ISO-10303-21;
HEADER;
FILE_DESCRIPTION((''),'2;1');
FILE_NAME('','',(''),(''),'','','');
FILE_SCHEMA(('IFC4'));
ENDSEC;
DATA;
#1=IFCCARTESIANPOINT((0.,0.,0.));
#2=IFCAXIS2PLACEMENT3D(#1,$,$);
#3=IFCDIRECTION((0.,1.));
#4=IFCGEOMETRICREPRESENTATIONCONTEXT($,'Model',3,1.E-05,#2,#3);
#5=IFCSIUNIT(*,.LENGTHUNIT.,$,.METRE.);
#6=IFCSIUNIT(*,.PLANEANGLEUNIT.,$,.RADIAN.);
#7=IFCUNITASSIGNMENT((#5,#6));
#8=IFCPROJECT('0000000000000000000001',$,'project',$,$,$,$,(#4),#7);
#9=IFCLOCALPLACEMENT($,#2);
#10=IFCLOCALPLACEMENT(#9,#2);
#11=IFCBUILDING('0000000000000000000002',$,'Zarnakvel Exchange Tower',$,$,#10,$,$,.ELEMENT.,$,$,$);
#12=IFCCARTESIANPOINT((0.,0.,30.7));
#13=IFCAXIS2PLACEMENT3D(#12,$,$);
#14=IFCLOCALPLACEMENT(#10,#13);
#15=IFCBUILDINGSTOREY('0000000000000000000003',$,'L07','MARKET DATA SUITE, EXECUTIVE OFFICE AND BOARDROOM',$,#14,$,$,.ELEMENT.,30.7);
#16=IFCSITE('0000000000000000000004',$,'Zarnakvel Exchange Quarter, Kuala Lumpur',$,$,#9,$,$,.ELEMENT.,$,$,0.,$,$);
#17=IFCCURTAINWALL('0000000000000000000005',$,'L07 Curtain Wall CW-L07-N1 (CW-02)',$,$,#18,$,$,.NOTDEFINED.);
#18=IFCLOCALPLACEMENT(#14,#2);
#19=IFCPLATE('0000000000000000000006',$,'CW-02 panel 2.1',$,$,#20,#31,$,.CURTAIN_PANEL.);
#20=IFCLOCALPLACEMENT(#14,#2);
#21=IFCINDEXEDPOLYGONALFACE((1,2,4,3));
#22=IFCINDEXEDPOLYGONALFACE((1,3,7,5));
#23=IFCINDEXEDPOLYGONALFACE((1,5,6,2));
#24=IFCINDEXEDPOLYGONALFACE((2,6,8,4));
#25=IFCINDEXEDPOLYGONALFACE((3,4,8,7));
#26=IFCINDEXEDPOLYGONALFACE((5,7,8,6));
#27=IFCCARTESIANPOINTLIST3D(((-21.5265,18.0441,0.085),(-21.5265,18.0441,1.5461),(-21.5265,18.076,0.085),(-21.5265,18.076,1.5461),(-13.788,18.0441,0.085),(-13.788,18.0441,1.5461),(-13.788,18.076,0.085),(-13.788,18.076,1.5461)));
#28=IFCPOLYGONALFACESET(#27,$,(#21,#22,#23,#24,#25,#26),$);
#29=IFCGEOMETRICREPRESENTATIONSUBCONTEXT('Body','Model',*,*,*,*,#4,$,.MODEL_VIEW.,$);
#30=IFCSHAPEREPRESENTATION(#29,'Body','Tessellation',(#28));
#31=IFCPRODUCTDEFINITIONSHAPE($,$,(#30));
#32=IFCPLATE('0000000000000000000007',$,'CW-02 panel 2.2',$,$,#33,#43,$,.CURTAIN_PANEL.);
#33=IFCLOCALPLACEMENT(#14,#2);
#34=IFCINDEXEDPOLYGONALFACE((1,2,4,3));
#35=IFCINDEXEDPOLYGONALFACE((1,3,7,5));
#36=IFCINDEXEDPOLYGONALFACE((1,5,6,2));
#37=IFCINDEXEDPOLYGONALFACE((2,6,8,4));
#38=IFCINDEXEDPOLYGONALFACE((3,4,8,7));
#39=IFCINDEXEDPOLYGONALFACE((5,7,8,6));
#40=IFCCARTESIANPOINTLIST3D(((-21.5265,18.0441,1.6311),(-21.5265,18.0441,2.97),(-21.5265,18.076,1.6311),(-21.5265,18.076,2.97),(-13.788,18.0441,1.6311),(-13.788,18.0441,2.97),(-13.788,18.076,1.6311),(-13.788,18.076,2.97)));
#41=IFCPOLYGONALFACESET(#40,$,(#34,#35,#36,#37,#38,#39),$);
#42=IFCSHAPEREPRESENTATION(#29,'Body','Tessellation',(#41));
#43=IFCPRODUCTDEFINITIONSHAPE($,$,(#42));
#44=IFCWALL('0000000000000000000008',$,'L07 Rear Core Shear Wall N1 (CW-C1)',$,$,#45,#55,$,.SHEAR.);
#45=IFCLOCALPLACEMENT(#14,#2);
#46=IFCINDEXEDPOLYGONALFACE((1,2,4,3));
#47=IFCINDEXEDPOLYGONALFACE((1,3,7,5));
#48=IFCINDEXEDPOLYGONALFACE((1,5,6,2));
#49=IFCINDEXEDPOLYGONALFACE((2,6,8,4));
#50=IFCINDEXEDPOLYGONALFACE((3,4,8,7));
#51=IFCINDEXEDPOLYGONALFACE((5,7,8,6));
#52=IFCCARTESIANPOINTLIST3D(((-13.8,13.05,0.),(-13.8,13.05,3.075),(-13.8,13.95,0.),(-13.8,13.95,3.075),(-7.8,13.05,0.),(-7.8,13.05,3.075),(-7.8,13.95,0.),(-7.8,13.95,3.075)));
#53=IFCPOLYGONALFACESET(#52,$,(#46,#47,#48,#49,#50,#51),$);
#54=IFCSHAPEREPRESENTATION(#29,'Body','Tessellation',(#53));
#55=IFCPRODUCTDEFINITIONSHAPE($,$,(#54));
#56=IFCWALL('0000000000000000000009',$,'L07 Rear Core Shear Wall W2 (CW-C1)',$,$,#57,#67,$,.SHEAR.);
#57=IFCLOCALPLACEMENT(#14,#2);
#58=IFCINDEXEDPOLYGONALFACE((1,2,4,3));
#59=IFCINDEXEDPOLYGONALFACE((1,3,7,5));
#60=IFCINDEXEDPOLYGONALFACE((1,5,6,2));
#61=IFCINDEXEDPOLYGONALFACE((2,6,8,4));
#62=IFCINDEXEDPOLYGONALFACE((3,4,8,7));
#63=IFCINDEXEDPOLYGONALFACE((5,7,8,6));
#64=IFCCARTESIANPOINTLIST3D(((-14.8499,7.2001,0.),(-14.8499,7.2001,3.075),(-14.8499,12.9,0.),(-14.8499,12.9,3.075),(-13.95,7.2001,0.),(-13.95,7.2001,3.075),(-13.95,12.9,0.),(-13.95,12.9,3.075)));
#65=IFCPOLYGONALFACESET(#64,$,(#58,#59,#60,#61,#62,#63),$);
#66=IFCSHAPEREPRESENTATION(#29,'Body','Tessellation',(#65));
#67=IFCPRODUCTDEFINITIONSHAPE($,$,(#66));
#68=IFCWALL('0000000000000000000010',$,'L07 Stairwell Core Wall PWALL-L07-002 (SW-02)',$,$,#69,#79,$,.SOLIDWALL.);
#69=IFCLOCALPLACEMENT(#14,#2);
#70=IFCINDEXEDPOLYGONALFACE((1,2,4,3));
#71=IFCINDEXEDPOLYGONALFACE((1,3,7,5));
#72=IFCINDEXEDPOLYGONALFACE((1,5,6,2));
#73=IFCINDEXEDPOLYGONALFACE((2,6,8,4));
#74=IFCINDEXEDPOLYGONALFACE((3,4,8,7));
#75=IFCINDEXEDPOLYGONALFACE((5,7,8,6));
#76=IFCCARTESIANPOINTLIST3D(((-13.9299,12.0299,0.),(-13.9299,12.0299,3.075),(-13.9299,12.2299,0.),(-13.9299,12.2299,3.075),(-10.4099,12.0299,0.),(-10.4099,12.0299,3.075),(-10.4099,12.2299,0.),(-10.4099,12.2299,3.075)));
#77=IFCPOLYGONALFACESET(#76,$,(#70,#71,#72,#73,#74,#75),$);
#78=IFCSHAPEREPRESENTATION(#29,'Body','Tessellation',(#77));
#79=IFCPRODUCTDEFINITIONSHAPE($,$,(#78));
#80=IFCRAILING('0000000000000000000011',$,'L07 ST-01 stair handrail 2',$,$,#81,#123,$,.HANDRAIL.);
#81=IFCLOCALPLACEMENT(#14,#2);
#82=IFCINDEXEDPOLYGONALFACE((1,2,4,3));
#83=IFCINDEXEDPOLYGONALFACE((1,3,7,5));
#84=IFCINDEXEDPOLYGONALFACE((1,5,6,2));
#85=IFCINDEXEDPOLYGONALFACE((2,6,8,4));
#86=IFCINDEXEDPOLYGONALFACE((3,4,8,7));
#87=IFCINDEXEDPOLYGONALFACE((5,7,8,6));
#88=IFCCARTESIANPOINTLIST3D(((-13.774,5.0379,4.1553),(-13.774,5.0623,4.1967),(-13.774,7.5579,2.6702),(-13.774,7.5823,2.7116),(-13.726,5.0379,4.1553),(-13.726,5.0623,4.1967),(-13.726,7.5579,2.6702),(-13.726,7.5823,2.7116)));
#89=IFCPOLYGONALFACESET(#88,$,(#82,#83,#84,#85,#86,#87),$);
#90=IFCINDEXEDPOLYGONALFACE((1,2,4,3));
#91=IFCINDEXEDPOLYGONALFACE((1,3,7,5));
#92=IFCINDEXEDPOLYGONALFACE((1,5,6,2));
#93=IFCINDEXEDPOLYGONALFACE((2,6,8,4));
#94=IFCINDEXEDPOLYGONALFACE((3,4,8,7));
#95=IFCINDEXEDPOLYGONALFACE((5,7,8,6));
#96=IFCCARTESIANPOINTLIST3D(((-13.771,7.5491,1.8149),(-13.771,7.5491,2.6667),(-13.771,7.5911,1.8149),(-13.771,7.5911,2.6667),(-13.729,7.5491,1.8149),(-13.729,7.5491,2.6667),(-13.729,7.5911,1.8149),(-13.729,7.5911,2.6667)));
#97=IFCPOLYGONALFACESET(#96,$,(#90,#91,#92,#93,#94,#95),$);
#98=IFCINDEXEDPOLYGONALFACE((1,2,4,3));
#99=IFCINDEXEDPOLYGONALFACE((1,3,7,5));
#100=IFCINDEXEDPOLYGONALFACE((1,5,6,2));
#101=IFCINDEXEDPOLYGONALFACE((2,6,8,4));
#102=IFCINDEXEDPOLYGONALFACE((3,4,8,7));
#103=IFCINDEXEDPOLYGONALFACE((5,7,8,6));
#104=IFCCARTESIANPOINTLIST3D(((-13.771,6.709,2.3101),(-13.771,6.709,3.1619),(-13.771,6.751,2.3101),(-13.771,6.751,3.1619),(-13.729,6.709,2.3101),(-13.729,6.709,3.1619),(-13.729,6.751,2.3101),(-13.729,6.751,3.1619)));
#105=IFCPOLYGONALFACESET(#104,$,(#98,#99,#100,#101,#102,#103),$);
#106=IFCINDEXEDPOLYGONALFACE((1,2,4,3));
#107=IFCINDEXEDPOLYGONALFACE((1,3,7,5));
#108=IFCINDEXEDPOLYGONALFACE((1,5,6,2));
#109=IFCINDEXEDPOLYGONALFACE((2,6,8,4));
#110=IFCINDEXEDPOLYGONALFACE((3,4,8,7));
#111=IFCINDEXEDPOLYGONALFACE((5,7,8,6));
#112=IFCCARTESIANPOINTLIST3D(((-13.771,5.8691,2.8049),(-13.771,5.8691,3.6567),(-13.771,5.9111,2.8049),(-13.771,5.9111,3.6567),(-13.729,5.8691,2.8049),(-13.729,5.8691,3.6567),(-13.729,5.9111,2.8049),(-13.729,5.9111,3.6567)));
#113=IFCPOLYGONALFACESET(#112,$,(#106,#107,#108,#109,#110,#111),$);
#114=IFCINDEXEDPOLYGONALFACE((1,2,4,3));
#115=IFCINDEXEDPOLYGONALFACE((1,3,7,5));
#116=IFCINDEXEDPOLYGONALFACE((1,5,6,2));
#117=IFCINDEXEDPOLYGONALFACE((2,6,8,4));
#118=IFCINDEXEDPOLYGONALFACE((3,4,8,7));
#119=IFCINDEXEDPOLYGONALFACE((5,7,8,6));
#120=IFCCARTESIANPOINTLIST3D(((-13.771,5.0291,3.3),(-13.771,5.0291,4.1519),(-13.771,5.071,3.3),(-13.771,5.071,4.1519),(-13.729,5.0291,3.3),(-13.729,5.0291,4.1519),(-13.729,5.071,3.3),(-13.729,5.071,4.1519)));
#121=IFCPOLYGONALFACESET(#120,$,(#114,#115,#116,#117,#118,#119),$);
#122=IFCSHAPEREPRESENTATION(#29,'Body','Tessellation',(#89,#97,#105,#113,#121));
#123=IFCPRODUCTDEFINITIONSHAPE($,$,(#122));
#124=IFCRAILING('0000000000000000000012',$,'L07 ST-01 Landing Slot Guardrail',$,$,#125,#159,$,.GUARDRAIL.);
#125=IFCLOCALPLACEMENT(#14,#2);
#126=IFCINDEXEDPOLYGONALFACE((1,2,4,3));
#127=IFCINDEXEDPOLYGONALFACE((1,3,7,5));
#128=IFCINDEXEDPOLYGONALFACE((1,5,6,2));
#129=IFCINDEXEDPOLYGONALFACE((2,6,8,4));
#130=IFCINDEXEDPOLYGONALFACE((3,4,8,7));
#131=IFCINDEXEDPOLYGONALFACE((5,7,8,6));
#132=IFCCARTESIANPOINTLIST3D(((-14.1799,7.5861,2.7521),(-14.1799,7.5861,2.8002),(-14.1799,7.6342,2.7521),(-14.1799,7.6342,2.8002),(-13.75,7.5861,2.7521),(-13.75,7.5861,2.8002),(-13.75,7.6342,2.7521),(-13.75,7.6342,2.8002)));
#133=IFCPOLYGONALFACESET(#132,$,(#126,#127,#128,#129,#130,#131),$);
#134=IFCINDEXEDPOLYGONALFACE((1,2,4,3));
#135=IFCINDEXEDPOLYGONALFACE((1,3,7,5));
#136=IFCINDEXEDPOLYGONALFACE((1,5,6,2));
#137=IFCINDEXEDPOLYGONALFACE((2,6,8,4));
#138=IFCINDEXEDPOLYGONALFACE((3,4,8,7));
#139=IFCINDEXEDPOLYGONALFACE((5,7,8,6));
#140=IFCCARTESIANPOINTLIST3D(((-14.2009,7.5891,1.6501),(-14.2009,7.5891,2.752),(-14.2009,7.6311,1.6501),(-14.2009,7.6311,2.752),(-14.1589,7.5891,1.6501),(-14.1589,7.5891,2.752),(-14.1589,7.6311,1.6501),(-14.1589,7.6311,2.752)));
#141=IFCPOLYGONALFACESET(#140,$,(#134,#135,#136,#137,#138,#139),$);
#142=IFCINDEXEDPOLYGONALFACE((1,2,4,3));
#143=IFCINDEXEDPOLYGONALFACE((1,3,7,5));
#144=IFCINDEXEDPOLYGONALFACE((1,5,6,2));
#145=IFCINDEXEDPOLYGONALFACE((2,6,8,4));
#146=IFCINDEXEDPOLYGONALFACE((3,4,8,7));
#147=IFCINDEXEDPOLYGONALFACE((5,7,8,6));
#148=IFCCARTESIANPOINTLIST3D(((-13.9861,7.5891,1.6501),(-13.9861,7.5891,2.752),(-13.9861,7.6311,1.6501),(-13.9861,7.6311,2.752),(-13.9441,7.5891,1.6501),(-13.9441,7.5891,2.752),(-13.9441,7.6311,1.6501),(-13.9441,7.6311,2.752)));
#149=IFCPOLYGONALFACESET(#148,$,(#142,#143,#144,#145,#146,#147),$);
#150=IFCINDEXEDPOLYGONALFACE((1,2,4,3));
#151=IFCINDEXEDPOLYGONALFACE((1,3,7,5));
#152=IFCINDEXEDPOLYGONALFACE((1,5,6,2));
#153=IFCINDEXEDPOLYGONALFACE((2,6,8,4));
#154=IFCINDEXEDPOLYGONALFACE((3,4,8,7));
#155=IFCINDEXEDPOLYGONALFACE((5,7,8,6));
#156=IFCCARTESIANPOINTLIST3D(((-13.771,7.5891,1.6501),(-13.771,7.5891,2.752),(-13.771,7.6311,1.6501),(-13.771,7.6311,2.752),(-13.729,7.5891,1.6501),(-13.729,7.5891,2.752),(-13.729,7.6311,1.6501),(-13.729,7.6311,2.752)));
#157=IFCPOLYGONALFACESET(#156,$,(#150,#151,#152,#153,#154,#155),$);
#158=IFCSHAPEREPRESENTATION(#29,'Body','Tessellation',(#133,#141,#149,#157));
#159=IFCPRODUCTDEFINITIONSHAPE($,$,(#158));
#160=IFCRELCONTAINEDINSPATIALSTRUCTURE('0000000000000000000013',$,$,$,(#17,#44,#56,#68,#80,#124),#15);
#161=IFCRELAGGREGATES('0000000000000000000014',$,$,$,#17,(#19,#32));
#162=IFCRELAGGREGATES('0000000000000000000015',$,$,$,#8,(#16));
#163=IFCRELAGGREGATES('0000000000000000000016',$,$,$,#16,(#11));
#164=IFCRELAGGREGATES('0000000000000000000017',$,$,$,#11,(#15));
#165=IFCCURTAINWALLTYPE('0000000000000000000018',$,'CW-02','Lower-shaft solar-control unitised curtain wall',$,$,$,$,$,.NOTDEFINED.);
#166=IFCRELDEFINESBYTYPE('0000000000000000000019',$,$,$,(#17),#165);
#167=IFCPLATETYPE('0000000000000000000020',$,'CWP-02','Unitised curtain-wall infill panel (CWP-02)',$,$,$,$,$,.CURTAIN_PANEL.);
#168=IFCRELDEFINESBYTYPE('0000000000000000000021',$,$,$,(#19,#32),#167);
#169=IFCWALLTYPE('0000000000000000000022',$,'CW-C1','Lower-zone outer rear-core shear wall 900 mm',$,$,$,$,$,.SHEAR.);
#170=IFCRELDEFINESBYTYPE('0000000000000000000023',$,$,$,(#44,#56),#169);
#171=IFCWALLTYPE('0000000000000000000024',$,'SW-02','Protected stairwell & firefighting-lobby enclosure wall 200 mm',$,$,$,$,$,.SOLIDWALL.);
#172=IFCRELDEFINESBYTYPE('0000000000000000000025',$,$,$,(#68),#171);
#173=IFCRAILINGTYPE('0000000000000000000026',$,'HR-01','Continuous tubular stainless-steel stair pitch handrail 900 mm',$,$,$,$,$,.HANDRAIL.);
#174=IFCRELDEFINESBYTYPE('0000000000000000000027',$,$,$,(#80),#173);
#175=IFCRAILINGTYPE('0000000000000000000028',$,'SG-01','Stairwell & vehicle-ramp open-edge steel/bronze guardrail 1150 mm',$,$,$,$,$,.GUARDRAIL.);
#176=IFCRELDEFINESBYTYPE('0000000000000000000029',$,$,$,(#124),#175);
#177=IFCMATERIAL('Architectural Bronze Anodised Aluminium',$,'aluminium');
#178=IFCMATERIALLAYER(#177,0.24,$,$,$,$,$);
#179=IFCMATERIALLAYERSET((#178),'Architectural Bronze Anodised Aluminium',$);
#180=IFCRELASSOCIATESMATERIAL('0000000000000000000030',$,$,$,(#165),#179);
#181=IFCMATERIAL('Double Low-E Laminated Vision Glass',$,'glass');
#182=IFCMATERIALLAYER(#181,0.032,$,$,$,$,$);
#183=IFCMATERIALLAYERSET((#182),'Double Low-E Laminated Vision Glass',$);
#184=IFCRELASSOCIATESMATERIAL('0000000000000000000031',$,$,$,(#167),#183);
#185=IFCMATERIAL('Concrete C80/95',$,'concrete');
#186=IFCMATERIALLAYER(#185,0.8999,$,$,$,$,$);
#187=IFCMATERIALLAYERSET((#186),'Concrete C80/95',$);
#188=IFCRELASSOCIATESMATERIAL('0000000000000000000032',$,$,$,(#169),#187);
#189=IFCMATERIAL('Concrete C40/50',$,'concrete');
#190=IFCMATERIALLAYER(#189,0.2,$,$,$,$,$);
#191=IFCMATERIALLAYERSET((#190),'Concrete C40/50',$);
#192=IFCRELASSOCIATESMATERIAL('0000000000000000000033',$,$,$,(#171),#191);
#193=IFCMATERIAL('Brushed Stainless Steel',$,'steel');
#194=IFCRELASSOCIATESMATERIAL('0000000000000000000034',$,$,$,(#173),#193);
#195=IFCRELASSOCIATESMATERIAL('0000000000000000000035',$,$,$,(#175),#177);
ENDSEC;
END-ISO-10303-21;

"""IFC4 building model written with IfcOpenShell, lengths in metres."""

from ifc_helpers import new_model, si_unit, direction, frame, frame_2d, origin, origin_2d, place, context, subcontext, project, spatial, rectangle, extrude, source, transform, mapped, material, layer, layer_set, type_object, element, aggregate, save


model = new_model("IFC4")

# Units and contexts
model_context = context("Model", 3, precision=1e-05, world=origin(), true_north=direction((0.0, 1.0)))
body_context = subcontext(model_context, "Body", "Model", "MODEL_VIEW")
ifc_project = project(units=[si_unit("LENGTHUNIT", "METRE"), si_unit("PLANEANGLEUNIT", "RADIAN")], contexts=[model_context])

# Site, building, storey
site_placement = place(None, origin())
site = spatial("IfcSite", under=ifc_project, at=site_placement, Name="Zarnakvel Exchange Quarter, Kuala Lumpur", CompositionType="ELEMENT", RefElevation=0.0)
building_placement = place(site_placement, origin())
building = spatial("IfcBuilding", under=site, at=building_placement, Name="Zarnakvel Exchange Tower", CompositionType="ELEMENT")
storey_placement = place(building_placement, frame((0.0, 0.0, 30.7)))
storey = spatial("IfcBuildingStorey", under=building, at=storey_placement, Name="L07", Description="MARKET DATA SUITE, EXECUTIVE OFFICE AND BOARDROOM", CompositionType="ELEMENT", Elevation=30.7)

# Shared definitions
ifc_material_1 = material(Name="Concrete C80/95", Category="concrete")

# Curtain wall, plates
ifc_material_2 = material(Name="Architectural Bronze Anodised Aluminium", Category="aluminium")
ifc_layer_1 = layer(ifc_material_2, 0.24)
ifc_layer_set_1 = layer_set([ifc_layer_1], Name="Architectural Bronze Anodised Aluminium")
curtain_wall_type = type_object("IfcCurtainWallType", Name="CW-02", Description="Lower-shaft solar-control unitised curtain wall", PredefinedType="NOTDEFINED", material=ifc_layer_set_1)
curtain_wall_placement = place(storey_placement, origin())
curtain_wall = element("IfcCurtainWall", 1, at=curtain_wall_placement, inside=storey, type_object=curtain_wall_type, Name="L07 Curtain Wall CW-L07-N1 (CW-02)", PredefinedType="NOTDEFINED")
ifc_material_3 = material(Name="Double Low-E Laminated Vision Glass", Category="glass")
ifc_layer_2 = layer(ifc_material_3, 0.032)
ifc_layer_set_2 = layer_set([ifc_layer_2], Name="Double Low-E Laminated Vision Glass")
plate_type = type_object("IfcPlateType", Name="CWP-02", Description="Unitised curtain-wall infill panel (CWP-02)", PredefinedType="CURTAIN_PANEL", material=ifc_layer_set_2)
shared_shape_1 = source(origin(), body_context, "Body", "SweptSolid", [
    extrude(rectangle(XDim=7.7385, YDim=0.032, at=origin_2d()), origin(), (0.0, 0.0, 1.0), 1.4612),
])
plate_1_placement = place(storey_placement, frame((-17.6572, 18.0601, 0.085), z_axis=(0.0, 0.0, 1.0), x_axis=(1.0, 0.0, 0.0)))
plate_1 = element("IfcPlate", 2, at=plate_1_placement, type_object=plate_type, Name="CW-02 panel 2.1", PredefinedType="CURTAIN_PANEL", context=body_context, shape_type="MappedRepresentation", body=[
    mapped(shared_shape_1, transform((0.0, 0.0, 0.0), x_axis=(1.0, 0.0, 0.0), y_axis=(0.0, 1.0, 0.0), z_axis=(0.0, 0.0, 1.0), scale=1.0)),
])
shared_shape_2 = source(origin(), body_context, "Body", "SweptSolid", [
    extrude(rectangle(XDim=7.7385, YDim=0.032, at=origin_2d()), origin(), (0.0, 0.0, 1.0), 1.3389),
])
plate_2_placement = place(storey_placement, frame((-17.6572, 18.0601, 1.6311), z_axis=(0.0, 0.0, 1.0), x_axis=(1.0, 0.0, 0.0)))
plate_2 = element("IfcPlate", 3, at=plate_2_placement, type_object=plate_type, Name="CW-02 panel 2.2", PredefinedType="CURTAIN_PANEL", context=body_context, shape_type="MappedRepresentation", body=[
    mapped(shared_shape_2, transform((0.0, 0.0, 0.0), x_axis=(1.0, 0.0, 0.0), y_axis=(0.0, 1.0, 0.0), z_axis=(0.0, 0.0, 1.0), scale=1.0)),
])
aggregate(curtain_wall, [plate_1, plate_2])

# Walls
ifc_layer_3 = layer(ifc_material_1, 0.8999)
ifc_layer_set_3 = layer_set([ifc_layer_3], Name="Concrete C80/95")
wall_type_1 = type_object("IfcWallType", Name="CW-C1", Description="Lower-zone outer rear-core shear wall 900 mm", PredefinedType="SHEAR", material=ifc_layer_set_3)
wall_1_placement = place(storey_placement, frame((-13.8, 13.5, 0.0), z_axis=(0.0, 0.0, 1.0), x_axis=(1.0, 0.0, 0.0)))
element("IfcWall", 4, at=wall_1_placement, inside=storey, type_object=wall_type_1, Name="L07 Rear Core Shear Wall N1 (CW-C1)", PredefinedType="SHEAR", context=body_context, shape_type="SweptSolid", body=[
    extrude(rectangle(XDim=6.0, YDim=0.8999, at=frame_2d((3.0, 0.0))), origin(), (0.0, 0.0, 1.0), 3.075),
])
wall_2_placement = place(storey_placement, frame((-14.3999, 7.2, 0.0), z_axis=(0.0, 0.0, 1.0), x_axis=(0.0, 1.0, 0.0)))
element("IfcWall", 5, at=wall_2_placement, inside=storey, type_object=wall_type_1, Name="L07 Rear Core Shear Wall W2 (CW-C1)", PredefinedType="SHEAR", context=body_context, shape_type="SweptSolid", body=[
    extrude(rectangle(XDim=5.7, YDim=0.8999, at=frame_2d((2.8501, 0.0))), origin(), (0.0, 0.0, 1.0), 3.075),
])
ifc_material_4 = material(Name="Concrete C40/50", Category="concrete")
ifc_layer_4 = layer(ifc_material_4, 0.2)
ifc_layer_set_4 = layer_set([ifc_layer_4], Name="Concrete C40/50")
wall_type_2 = type_object("IfcWallType", Name="SW-02", Description="Protected stairwell & firefighting-lobby enclosure wall 200 mm", PredefinedType="SOLIDWALL", material=ifc_layer_set_4)
wall_3_placement = place(storey_placement, frame((-13.9299, 12.1299, 0.0), z_axis=(0.0, 0.0, 1.0), x_axis=(1.0, 0.0, 0.0)))
element("IfcWall", 6, at=wall_3_placement, inside=storey, type_object=wall_type_2, Name="L07 Stairwell Core Wall PWALL-L07-002 (SW-02)", PredefinedType="SOLIDWALL", context=body_context, shape_type="SweptSolid", body=[
    extrude(rectangle(XDim=3.52, YDim=0.2, at=frame_2d((1.76, 0.0))), origin(), (0.0, 0.0, 1.0), 3.075),
])

# Railings
ifc_material_5 = material(Name="Brushed Stainless Steel", Category="steel")
railing_type_1 = type_object("IfcRailingType", Name="HR-01", Description="Continuous tubular stainless-steel stair pitch handrail 900 mm", PredefinedType="HANDRAIL", material=ifc_material_5)
railing_1_placement = place(storey_placement, frame((-13.75, 7.5701, 1.8149)))
element("IfcRailing", 7, at=railing_1_placement, inside=storey, type_object=railing_type_1, Name="L07 ST-01 stair handrail 2", PredefinedType="HANDRAIL", context=body_context, shape_type="SweptSolid", body=[
    extrude(rectangle(XDim=0.0481, YDim=0.0481, at=origin_2d()), frame((0.0, 0.0, 0.876), z_axis=(0.0, -0.861524, 0.507717), x_axis=(1.0, 0.0, 0.0)), (0.0, 0.0, 1.0), 2.925),
    extrude(rectangle(XDim=0.042, YDim=0.042, at=origin_2d()), origin(), (0.0, 0.0, 1.0), 0.8518),
    extrude(rectangle(XDim=0.042, YDim=0.042, at=origin_2d()), frame((0.0, -0.8401, 0.4951)), (0.0, 0.0, 1.0), 0.8518),
    extrude(rectangle(XDim=0.042, YDim=0.042, at=origin_2d()), frame((0.0, -1.6799, 0.99)), (0.0, 0.0, 1.0), 0.8518),
    extrude(rectangle(XDim=0.042, YDim=0.042, at=origin_2d()), frame((0.0, -2.52, 1.4851)), (0.0, 0.0, 1.0), 0.8518),
])
railing_type_2 = type_object("IfcRailingType", Name="SG-01", Description="Stairwell & vehicle-ramp open-edge steel/bronze guardrail 1150 mm", PredefinedType="GUARDRAIL", material=ifc_material_2)
railing_2_placement = place(storey_placement, frame((-14.1799, 7.6101, 1.6501)))
element("IfcRailing", 8, at=railing_2_placement, inside=storey, type_object=railing_type_2, Name="L07 ST-01 Landing Slot Guardrail", PredefinedType="GUARDRAIL", context=body_context, shape_type="SweptSolid", body=[
    extrude(rectangle(XDim=0.0481, YDim=0.0481, at=origin_2d()), frame((0.0, 0.0, 1.126), z_axis=(1.0, 0.0, 0.0), x_axis=(0.0, 1.0, 0.0)), (0.0, 0.0, 1.0), 0.4299),
    extrude(rectangle(XDim=0.042, YDim=0.042, at=origin_2d()), origin(), (0.0, 0.0, 1.0), 1.1018),
    extrude(rectangle(XDim=0.042, YDim=0.042, at=origin_2d()), frame((0.2148, 0.0, 0.0)), (0.0, 0.0, 1.0), 1.1018),
    extrude(rectangle(XDim=0.042, YDim=0.042, at=origin_2d()), frame((0.4299, 0.0, 0.0)), (0.0, 0.0, 1.0), 1.1018),
])

save(model, "model.ifc")
